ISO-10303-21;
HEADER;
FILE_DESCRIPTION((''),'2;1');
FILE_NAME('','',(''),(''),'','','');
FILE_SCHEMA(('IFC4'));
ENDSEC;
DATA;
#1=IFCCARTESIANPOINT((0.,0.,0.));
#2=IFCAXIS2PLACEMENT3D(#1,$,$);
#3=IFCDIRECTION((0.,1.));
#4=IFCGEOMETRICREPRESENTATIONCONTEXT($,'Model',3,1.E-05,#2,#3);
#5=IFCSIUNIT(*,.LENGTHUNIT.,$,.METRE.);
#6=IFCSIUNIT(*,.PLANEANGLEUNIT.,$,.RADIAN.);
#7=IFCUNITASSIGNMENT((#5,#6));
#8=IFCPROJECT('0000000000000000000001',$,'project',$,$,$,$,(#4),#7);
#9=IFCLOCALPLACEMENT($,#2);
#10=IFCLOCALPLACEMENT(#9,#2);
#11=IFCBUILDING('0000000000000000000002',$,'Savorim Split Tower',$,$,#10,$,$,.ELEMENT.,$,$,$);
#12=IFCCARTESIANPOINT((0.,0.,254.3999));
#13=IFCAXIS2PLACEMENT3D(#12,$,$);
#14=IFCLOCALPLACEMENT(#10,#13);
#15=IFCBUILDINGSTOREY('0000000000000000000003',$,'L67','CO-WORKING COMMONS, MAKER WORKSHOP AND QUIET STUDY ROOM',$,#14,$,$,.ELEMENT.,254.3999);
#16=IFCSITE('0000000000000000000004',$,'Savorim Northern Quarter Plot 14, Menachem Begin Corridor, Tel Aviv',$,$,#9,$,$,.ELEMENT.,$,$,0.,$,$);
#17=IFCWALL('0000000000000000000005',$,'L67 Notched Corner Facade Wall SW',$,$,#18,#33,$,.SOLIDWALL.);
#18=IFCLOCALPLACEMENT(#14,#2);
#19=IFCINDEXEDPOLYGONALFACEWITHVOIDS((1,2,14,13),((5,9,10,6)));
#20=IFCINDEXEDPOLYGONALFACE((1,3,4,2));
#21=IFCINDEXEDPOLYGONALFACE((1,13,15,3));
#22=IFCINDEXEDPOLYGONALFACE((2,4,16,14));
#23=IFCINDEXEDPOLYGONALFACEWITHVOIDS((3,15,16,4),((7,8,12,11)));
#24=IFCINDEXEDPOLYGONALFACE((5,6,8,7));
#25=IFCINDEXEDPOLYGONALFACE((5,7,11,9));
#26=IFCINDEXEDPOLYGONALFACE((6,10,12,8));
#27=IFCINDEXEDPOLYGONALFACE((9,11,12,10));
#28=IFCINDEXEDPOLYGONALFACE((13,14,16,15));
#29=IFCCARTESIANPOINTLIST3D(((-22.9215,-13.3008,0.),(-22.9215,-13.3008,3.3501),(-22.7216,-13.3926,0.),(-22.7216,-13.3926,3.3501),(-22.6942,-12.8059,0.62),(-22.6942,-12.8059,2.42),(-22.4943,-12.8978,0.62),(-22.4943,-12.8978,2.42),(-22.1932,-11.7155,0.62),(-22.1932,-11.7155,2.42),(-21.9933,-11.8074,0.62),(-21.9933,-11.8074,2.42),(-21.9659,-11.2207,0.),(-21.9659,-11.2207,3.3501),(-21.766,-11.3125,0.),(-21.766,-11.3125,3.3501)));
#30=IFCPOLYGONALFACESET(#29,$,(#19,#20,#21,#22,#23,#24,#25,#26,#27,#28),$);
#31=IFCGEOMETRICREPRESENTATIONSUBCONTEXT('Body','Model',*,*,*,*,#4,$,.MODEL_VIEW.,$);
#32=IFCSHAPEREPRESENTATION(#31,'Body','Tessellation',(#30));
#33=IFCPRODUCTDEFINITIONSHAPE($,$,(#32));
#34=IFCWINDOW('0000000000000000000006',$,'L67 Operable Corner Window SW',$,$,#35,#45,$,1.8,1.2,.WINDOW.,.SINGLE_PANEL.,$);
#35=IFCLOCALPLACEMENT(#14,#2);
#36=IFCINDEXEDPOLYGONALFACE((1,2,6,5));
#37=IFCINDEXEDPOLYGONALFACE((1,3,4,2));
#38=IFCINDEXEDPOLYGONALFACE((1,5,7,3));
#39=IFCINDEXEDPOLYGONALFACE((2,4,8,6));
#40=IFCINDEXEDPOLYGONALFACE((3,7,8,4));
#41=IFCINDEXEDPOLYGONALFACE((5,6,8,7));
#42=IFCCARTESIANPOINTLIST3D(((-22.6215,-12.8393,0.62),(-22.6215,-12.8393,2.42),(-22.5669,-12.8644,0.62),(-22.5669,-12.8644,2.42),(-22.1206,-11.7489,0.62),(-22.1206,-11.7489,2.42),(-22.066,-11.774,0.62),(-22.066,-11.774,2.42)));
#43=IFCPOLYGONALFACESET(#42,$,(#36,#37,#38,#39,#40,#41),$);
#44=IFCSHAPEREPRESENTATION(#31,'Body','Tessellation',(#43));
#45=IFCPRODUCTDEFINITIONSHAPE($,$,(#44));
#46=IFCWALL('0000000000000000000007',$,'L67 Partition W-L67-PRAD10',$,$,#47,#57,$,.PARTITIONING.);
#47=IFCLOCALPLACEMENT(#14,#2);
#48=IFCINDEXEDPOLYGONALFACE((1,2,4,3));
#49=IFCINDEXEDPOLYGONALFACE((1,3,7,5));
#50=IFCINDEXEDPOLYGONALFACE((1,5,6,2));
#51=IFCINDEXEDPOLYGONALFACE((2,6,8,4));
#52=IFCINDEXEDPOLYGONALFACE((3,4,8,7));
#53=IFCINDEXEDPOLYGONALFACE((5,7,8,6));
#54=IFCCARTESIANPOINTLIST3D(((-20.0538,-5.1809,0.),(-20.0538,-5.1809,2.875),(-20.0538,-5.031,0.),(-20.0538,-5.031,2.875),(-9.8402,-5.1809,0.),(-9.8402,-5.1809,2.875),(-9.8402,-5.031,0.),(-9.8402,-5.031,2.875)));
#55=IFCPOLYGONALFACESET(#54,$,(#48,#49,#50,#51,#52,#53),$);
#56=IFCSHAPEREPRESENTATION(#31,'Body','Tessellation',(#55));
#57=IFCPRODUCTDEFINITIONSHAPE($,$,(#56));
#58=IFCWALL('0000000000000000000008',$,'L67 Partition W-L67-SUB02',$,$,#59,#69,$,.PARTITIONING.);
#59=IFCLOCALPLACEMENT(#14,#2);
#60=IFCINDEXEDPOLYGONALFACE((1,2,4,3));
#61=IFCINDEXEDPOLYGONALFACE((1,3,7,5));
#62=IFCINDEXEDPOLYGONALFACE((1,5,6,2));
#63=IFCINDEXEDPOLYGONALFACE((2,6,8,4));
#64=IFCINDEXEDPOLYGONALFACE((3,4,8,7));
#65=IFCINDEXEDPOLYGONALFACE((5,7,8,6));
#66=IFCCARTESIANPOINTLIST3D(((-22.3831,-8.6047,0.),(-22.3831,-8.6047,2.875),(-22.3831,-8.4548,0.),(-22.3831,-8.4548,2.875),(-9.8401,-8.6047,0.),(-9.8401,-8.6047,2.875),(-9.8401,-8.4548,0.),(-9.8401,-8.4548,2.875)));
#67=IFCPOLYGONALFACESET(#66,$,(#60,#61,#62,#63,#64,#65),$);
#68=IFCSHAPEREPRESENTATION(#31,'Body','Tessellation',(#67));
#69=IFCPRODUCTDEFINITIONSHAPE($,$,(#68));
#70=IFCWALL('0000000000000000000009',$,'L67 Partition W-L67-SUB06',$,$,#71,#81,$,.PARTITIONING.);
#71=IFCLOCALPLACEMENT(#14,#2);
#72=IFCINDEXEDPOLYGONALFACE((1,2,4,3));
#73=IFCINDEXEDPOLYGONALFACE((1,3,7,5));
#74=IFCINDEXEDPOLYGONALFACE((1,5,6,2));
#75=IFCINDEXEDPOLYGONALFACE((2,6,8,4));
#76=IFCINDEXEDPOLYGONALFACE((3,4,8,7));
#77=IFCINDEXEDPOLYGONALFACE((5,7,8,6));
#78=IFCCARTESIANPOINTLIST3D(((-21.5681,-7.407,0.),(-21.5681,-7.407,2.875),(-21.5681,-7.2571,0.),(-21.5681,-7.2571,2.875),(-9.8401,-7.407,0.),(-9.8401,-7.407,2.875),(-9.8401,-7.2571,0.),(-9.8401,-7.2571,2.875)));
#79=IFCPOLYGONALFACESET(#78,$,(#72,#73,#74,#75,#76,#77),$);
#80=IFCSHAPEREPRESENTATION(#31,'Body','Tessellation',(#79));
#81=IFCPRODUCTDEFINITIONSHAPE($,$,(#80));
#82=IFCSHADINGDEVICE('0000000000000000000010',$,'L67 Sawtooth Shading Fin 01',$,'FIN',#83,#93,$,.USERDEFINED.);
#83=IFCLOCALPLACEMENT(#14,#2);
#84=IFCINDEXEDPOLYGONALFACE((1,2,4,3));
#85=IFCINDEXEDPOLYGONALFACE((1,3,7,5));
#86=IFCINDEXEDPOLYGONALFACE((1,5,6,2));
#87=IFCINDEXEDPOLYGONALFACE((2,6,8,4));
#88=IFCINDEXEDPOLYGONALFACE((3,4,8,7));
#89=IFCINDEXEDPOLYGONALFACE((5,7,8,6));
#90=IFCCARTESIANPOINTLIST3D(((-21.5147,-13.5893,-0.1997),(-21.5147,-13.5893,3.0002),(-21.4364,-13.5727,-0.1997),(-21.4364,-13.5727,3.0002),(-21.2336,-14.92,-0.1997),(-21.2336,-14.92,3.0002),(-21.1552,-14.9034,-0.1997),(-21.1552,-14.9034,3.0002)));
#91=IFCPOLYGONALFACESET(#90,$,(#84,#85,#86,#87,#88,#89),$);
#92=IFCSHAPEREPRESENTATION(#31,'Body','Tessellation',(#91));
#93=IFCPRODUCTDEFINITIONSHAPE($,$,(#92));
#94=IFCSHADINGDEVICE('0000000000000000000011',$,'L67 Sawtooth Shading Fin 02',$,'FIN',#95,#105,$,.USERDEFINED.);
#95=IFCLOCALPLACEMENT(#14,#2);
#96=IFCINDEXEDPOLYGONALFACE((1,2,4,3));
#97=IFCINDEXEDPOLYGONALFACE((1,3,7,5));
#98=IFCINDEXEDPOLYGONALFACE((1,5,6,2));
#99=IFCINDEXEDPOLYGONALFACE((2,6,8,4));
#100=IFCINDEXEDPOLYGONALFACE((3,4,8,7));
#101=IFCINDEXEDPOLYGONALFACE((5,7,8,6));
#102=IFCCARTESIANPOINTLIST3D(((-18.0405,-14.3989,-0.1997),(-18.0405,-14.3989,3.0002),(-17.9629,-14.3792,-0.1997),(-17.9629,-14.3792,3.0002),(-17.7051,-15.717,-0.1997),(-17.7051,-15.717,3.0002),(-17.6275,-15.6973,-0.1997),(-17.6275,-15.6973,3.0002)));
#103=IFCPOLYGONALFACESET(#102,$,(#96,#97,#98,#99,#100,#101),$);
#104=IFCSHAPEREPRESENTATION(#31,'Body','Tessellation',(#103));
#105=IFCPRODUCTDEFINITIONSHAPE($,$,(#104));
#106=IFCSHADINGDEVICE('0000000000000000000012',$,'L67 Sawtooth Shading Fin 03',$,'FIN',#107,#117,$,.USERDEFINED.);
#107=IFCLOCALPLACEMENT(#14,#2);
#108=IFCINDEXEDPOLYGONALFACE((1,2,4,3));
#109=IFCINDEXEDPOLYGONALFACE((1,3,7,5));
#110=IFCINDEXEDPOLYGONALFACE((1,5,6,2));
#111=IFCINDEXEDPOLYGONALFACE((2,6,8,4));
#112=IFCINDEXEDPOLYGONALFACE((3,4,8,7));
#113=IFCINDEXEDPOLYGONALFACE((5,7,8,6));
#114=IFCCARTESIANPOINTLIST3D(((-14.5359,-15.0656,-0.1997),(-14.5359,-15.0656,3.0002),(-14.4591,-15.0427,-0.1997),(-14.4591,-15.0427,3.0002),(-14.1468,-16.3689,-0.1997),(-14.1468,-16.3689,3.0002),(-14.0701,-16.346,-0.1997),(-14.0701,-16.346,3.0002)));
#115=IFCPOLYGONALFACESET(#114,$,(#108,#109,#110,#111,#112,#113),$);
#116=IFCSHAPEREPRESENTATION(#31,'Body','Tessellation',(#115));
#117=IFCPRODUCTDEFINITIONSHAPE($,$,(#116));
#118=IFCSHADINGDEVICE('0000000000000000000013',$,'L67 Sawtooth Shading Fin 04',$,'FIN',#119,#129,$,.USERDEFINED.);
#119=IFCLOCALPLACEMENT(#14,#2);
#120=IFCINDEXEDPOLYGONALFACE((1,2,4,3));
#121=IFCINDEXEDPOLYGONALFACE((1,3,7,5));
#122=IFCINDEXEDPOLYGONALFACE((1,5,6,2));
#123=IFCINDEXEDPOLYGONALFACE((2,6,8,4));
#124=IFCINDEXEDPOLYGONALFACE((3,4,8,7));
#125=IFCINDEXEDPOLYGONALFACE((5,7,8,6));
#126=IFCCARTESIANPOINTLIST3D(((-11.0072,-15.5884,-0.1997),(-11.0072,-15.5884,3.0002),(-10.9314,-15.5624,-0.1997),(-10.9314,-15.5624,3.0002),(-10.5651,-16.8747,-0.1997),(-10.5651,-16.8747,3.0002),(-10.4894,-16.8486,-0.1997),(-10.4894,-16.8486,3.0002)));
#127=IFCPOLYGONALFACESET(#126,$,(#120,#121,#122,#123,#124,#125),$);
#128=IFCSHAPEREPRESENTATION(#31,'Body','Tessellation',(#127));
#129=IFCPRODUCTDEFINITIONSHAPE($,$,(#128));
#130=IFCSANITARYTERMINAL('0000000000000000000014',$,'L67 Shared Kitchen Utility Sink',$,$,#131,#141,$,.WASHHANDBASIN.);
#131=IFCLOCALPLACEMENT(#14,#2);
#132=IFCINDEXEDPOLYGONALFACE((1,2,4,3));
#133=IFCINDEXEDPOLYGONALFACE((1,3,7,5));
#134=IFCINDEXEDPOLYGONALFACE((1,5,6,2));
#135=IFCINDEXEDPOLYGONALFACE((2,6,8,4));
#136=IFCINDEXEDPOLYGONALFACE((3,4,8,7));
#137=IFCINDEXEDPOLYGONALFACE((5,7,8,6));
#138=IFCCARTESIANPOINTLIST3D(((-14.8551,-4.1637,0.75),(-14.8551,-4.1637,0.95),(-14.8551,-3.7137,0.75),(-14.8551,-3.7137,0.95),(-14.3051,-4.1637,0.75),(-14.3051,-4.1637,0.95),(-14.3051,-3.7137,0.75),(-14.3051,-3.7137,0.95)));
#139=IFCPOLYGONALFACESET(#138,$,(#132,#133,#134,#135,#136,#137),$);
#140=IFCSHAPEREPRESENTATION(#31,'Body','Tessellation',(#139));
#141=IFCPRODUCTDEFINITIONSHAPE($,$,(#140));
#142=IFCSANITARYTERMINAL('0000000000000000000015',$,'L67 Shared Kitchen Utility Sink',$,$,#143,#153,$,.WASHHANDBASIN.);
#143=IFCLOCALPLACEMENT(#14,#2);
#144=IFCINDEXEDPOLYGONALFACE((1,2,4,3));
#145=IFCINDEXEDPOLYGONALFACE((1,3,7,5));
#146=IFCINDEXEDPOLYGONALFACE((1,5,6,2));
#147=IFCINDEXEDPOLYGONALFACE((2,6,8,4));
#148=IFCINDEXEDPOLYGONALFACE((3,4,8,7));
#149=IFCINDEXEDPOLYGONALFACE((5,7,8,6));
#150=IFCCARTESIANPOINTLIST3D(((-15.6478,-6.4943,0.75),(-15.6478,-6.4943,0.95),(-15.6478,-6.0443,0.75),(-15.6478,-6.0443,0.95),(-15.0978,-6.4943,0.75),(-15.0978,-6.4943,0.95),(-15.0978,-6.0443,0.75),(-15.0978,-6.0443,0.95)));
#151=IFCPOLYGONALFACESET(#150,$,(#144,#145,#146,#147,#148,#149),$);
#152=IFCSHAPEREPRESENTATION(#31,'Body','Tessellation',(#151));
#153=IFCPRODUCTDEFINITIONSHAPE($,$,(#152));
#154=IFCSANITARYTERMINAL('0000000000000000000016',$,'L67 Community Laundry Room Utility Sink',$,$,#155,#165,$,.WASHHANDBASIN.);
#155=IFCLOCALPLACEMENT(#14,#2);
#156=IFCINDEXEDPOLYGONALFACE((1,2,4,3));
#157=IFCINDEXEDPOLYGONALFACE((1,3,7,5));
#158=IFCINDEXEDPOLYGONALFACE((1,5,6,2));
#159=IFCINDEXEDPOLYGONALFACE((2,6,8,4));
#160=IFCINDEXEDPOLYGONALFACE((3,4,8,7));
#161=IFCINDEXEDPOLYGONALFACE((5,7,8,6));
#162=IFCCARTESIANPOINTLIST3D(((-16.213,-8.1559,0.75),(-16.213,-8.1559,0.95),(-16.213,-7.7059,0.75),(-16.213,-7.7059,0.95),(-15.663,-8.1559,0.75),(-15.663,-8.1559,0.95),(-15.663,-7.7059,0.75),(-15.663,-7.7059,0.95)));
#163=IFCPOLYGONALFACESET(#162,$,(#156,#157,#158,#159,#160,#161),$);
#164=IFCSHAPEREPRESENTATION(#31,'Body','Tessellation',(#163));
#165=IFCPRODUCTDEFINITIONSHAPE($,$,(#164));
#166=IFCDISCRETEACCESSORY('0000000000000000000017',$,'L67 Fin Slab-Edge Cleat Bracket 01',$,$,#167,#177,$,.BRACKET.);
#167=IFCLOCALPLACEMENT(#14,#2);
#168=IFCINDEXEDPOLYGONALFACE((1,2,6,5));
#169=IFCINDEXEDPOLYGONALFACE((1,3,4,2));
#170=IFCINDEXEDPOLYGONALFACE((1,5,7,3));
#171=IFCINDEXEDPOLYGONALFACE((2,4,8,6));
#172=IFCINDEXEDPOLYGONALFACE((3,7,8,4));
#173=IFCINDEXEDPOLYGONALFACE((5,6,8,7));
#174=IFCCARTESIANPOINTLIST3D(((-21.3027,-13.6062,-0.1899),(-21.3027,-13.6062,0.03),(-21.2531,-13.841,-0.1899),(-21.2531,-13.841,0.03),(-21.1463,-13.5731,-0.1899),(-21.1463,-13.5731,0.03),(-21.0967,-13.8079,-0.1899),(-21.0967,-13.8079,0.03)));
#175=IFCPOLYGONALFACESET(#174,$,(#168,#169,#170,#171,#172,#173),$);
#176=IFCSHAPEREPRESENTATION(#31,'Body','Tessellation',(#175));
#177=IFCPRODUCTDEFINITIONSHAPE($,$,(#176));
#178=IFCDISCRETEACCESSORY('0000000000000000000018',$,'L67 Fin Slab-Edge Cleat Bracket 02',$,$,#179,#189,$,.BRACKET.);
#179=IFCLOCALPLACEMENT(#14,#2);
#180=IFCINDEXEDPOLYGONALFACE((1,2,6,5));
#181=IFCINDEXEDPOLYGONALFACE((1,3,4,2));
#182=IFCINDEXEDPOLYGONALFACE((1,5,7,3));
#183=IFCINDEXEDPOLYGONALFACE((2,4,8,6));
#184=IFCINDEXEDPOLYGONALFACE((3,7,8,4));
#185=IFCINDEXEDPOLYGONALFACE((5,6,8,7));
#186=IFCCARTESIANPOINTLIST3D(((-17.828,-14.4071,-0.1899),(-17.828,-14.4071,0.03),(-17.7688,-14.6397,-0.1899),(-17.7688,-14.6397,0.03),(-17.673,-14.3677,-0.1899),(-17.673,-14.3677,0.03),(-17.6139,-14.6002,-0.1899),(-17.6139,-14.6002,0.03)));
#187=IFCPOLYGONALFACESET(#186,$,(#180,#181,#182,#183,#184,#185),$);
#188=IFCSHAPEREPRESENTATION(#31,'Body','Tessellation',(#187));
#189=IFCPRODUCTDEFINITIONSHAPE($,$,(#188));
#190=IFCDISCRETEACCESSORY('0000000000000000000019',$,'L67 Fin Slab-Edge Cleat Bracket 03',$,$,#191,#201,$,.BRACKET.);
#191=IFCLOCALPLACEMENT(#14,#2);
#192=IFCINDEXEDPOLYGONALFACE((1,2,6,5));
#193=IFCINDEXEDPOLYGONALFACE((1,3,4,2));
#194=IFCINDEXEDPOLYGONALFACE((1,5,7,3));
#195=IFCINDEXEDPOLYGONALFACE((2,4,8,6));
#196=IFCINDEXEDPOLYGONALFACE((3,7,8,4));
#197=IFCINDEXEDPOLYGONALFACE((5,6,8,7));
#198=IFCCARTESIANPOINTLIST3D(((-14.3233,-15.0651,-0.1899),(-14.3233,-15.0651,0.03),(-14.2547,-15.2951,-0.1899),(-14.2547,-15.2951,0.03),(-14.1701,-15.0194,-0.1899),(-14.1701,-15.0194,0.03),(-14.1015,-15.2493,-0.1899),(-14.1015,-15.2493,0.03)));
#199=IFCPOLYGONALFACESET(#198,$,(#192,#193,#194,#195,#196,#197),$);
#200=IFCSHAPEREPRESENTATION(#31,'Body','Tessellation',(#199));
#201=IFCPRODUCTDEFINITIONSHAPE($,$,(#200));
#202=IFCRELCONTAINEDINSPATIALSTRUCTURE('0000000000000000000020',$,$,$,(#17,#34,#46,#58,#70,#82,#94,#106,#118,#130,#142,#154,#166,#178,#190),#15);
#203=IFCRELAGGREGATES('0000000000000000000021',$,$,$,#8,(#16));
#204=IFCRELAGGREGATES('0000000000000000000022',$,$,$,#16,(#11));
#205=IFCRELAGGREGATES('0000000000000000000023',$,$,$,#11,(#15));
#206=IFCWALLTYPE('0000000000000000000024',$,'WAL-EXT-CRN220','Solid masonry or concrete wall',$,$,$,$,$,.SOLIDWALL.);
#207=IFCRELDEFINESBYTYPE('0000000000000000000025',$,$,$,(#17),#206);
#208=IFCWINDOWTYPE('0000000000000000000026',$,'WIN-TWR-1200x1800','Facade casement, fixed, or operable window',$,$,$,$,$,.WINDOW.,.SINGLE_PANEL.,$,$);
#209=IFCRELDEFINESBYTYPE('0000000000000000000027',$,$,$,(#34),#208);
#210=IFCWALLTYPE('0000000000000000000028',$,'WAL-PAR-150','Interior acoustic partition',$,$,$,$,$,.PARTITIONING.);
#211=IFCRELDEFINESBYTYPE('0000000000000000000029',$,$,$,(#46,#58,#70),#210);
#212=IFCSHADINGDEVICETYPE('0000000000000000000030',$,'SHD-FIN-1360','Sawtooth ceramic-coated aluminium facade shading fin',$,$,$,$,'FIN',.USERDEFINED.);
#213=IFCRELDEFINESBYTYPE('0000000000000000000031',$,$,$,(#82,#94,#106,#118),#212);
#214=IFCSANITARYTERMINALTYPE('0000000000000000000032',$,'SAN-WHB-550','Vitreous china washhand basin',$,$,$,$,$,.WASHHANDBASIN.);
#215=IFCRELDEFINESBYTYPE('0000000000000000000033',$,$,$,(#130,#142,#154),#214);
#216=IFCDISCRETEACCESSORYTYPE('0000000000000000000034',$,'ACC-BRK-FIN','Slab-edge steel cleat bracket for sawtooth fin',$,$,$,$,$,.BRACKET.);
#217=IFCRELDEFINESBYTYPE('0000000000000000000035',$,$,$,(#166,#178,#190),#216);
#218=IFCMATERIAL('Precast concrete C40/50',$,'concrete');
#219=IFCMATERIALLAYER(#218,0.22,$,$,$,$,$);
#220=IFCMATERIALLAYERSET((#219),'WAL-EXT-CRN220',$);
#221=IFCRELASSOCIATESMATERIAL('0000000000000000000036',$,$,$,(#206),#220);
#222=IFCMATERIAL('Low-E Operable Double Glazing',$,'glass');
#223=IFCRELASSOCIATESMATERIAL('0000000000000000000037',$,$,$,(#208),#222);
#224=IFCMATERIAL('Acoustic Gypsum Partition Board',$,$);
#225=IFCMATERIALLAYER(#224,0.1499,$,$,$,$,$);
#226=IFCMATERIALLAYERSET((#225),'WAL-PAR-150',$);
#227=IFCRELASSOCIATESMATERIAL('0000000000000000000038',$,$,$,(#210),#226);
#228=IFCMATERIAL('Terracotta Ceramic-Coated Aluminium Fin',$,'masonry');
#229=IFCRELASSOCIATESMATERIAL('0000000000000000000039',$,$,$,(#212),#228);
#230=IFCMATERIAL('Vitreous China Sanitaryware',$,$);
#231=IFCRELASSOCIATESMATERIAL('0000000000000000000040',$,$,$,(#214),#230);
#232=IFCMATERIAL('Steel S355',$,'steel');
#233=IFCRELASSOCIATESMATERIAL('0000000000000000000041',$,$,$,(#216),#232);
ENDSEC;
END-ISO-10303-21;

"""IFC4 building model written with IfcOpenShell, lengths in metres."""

from ifc_helpers import new_model, si_unit, direction, frame, frame_2d, origin, origin_2d, place, context, subcontext, project, spatial, rectangle, extrude, material, layer, layer_set, type_object, element, fill, save


model = new_model("IFC4")

# Units and contexts
model_context = context("Model", 3, precision=1e-05, world=origin(), true_north=direction((0.0, 1.0)))
body_context = subcontext(model_context, "Body", "Model", "MODEL_VIEW")
ifc_project = project(units=[si_unit("LENGTHUNIT", "METRE"), si_unit("PLANEANGLEUNIT", "RADIAN")], contexts=[model_context])

# Site, building, storey
site_placement = place(None, origin())
site = spatial("IfcSite", under=ifc_project, at=site_placement, Name="Savorim Northern Quarter Plot 14, Menachem Begin Corridor, Tel Aviv", CompositionType="ELEMENT", RefElevation=0.0)
building_placement = place(site_placement, origin())
building = spatial("IfcBuilding", under=site, at=building_placement, Name="Savorim Split Tower", CompositionType="ELEMENT")
storey_placement = place(building_placement, frame((0.0, 0.0, 254.3999)))
storey = spatial("IfcBuildingStorey", under=building, at=storey_placement, Name="L67", Description="CO-WORKING COMMONS, MAKER WORKSHOP AND QUIET STUDY ROOM", CompositionType="ELEMENT", Elevation=254.3999)

# Shared definitions
ifc_material_1 = material(Name="Steel S355", Category="steel")

# Shared definitions
ifc_material_2 = material(Name="Precast concrete C40/50", Category="concrete")
ifc_layer_1 = layer(ifc_material_2, 0.22)
ifc_layer_set_1 = layer_set([ifc_layer_1], Name="WAL-EXT-CRN220")
wall_type_1 = type_object("IfcWallType", Name="WAL-EXT-CRN220", Description="Solid masonry or concrete wall", PredefinedType="SOLIDWALL", material=ifc_layer_set_1)

# Wall, opening, window
wall_1_placement = place(storey_placement, frame((-22.8215, -13.3467, 0.0), z_axis=(0.0, 0.0, 1.0), x_axis=(0.417448, 0.908701, 0.0)))
wall_1 = element("IfcWall", 1, at=wall_1_placement, inside=storey, type_object=wall_type_1, Name="L67 Notched Corner Facade Wall SW", PredefinedType="SOLIDWALL", context=body_context, shape_type="SweptSolid", body=[
    extrude(rectangle(XDim=2.2891, YDim=0.22, at=frame_2d((1.1445, 0.0))), origin(), (0.0, 0.0, 1.0), 3.3501),
])
opening_placement = place(wall_1_placement, frame((0.5444, 0.0, 0.6201)))
opening = element("IfcOpeningElement", 2, at=opening_placement, cuts=wall_1, PredefinedType="OPENING", context=body_context, shape_type="SweptSolid", body=[
    extrude(rectangle(XDim=1.2, YDim=1.8, at=frame_2d((0.6001, 0.8999))), frame((0.0, 0.1199, 0.0), z_axis=(0.0, -1.0, 0.0), x_axis=(1.0, 0.0, 0.0)), (0.0, 0.0, 1.0), 0.24),
])
ifc_material_3 = material(Name="Low-E Operable Double Glazing", Category="glass")
window_type = type_object("IfcWindowType", Name="WIN-TWR-1200x1800", Description="Facade casement, fixed, or operable window", PartitioningType="SINGLE_PANEL", PredefinedType="WINDOW", material=ifc_material_3)
window_placement = place(opening_placement, origin())
window = element("IfcWindow", 3, at=window_placement, inside=storey, type_object=window_type, Name="L67 Operable Corner Window SW", OverallHeight=1.8, OverallWidth=1.2, PartitioningType="SINGLE_PANEL", PredefinedType="WINDOW", context=body_context, shape_type="SweptSolid", body=[
    extrude(rectangle(XDim=1.2, YDim=1.8, at=frame_2d((0.6001, 0.8999))), frame((0.0, 0.03, 0.0), z_axis=(0.0, -1.0, 0.0), x_axis=(1.0, 0.0, 0.0)), (0.0, 0.0, 1.0), 0.0601),
])
fill(opening, window)

# Walls
ifc_material_4 = material(Name="Acoustic Gypsum Partition Board")
ifc_layer_2 = layer(ifc_material_4, 0.1499)
ifc_layer_set_2 = layer_set([ifc_layer_2], Name="WAL-PAR-150")
wall_type_2 = type_object("IfcWallType", Name="WAL-PAR-150", Description="Interior acoustic partition", PredefinedType="PARTITIONING", material=ifc_layer_set_2)
wall_2_placement = place(storey_placement, frame((-9.8401, -5.106, 0.0), z_axis=(0.0, 0.0, 1.0), x_axis=(-1.0, 0.0, 0.0)))
element("IfcWall", 4, at=wall_2_placement, inside=storey, type_object=wall_type_2, Name="L67 Partition W-L67-PRAD10", PredefinedType="PARTITIONING", context=body_context, shape_type="SweptSolid", body=[
    extrude(rectangle(XDim=10.2136, YDim=0.1499, at=frame_2d((5.1069, 0.0))), origin(), (0.0, 0.0, 1.0), 2.875),
])
wall_3_placement = place(storey_placement, frame((-9.8401, -8.5298, 0.0), z_axis=(0.0, 0.0, 1.0), x_axis=(-1.0, 0.0, 0.0)))
element("IfcWall", 5, at=wall_3_placement, inside=storey, type_object=wall_type_2, Name="L67 Partition W-L67-SUB02", PredefinedType="PARTITIONING", context=body_context, shape_type="SweptSolid", body=[
    extrude(rectangle(XDim=12.543, YDim=0.1499, at=frame_2d((6.2715, 0.0))), origin(), (0.0, 0.0, 1.0), 2.875),
])
wall_4_placement = place(storey_placement, frame((-9.8401, -7.332, 0.0), z_axis=(0.0, 0.0, 1.0), x_axis=(-1.0, 0.0, 0.0)))
element("IfcWall", 6, at=wall_4_placement, inside=storey, type_object=wall_type_2, Name="L67 Partition W-L67-SUB06", PredefinedType="PARTITIONING", context=body_context, shape_type="SweptSolid", body=[
    extrude(rectangle(XDim=11.728, YDim=0.1499, at=frame_2d((5.864, 0.0))), origin(), (0.0, 0.0, 1.0), 2.875),
])

# Shading devices
ifc_material_5 = material(Name="Terracotta Ceramic-Coated Aluminium Fin", Category="masonry")
shading_device_type = type_object("IfcShadingDeviceType", Name="SHD-FIN-1360", Description="Sawtooth ceramic-coated aluminium facade shading fin", ElementType="FIN", PredefinedType="USERDEFINED", material=ifc_material_5)
for number, where, z_axis, x_axis, name in (
    (7, (-21.335, -14.2463, -0.1997), (0.0, 0.0, 1.0), (0.206722, -0.9784, 0.0), "L67 Sawtooth Shading Fin 01"),
    (8, (-17.834, -15.0481, -0.1997), (0.0, 0.0, 1.0), (0.246581, -0.969122, 0.0), "L67 Sawtooth Shading Fin 02"),
    (9, (-14.303, -15.7058, -0.1997), (0.0, 0.0, 1.0), (0.286026, -0.958222, 0.0), "L67 Sawtooth Shading Fin 03"),
    (10, (-10.7483, -16.2185, -0.1997), (0.0, 0.0, 1.0), (0.324994, -0.945716, 0.0), "L67 Sawtooth Shading Fin 04"),
):
    element("IfcShadingDevice", number, at=place(storey_placement, frame(where, z_axis=z_axis, x_axis=x_axis)), inside=storey, type_object=shading_device_type, Name=name, ObjectType="FIN", PredefinedType="USERDEFINED", context=body_context, shape_type="SweptSolid", body=[
        extrude(rectangle(XDim=1.3601, YDim=0.0801, at=origin_2d()), origin(), (0.0, 0.0, 1.0), 3.2),
    ])

# Sanitary terminals
ifc_material_6 = material(Name="Vitreous China Sanitaryware")
sanitary_terminal_type = type_object("IfcSanitaryTerminalType", Name="SAN-WHB-550", Description="Vitreous china washhand basin", PredefinedType="WASHHANDBASIN", material=ifc_material_6)
for number, where, z_axis, x_axis, name in (
    (11, (-14.5801, -3.9387, 0.75), (0.0, 0.0, 1.0), (1.0, 0.0, 0.0), "L67 Shared Kitchen Utility Sink"),
    (12, (-15.3728, -6.2693, 0.75), (0.0, 0.0, 1.0), (1.0, 0.0, 0.0), "L67 Shared Kitchen Utility Sink"),
    (13, (-15.938, -7.9309, 0.75), (0.0, 0.0, 1.0), (1.0, 0.0, 0.0), "L67 Community Laundry Room Utility Sink"),
):
    element("IfcSanitaryTerminal", number, at=place(storey_placement, frame(where, z_axis=z_axis, x_axis=x_axis)), inside=storey, type_object=sanitary_terminal_type, Name=name, PredefinedType="WASHHANDBASIN", context=body_context, shape_type="SweptSolid", body=[
        extrude(rectangle(XDim=0.55, YDim=0.45, at=origin_2d()), origin(), (0.0, 0.0, 1.0), 0.2),
    ])

# Discrete accessories
discrete_accessory_type = type_object("IfcDiscreteAccessoryType", Name="ACC-BRK-FIN", Description="Slab-edge steel cleat bracket for sawtooth fin", PredefinedType="BRACKET", material=ifc_material_1)
for number, where, z_axis, x_axis, name in (
    (14, (-21.1997, -13.707, -0.1899), (0.0, 0.0, 1.0), (0.206722, -0.9784, 0.0), "L67 Fin Slab-Edge Cleat Bracket 01"),
    (15, (-17.7209, -14.5037, -0.1899), (0.0, 0.0, 1.0), (0.246581, -0.969122, 0.0), "L67 Fin Slab-Edge Cleat Bracket 02"),
    (16, (-14.2124, -15.1572, -0.1899), (0.0, 0.0, 1.0), (0.286026, -0.958222, 0.0), "L67 Fin Slab-Edge Cleat Bracket 03"),
):
    element("IfcDiscreteAccessory", number, at=place(storey_placement, frame(where, z_axis=z_axis, x_axis=x_axis)), inside=storey, type_object=discrete_accessory_type, Name=name, PredefinedType="BRACKET", context=body_context, shape_type="SweptSolid", body=[
        extrude(rectangle(XDim=0.24, YDim=0.1599, at=origin_2d()), origin(), (0.0, 0.0, 1.0), 0.22),
    ])

save(model, "model.ifc")
